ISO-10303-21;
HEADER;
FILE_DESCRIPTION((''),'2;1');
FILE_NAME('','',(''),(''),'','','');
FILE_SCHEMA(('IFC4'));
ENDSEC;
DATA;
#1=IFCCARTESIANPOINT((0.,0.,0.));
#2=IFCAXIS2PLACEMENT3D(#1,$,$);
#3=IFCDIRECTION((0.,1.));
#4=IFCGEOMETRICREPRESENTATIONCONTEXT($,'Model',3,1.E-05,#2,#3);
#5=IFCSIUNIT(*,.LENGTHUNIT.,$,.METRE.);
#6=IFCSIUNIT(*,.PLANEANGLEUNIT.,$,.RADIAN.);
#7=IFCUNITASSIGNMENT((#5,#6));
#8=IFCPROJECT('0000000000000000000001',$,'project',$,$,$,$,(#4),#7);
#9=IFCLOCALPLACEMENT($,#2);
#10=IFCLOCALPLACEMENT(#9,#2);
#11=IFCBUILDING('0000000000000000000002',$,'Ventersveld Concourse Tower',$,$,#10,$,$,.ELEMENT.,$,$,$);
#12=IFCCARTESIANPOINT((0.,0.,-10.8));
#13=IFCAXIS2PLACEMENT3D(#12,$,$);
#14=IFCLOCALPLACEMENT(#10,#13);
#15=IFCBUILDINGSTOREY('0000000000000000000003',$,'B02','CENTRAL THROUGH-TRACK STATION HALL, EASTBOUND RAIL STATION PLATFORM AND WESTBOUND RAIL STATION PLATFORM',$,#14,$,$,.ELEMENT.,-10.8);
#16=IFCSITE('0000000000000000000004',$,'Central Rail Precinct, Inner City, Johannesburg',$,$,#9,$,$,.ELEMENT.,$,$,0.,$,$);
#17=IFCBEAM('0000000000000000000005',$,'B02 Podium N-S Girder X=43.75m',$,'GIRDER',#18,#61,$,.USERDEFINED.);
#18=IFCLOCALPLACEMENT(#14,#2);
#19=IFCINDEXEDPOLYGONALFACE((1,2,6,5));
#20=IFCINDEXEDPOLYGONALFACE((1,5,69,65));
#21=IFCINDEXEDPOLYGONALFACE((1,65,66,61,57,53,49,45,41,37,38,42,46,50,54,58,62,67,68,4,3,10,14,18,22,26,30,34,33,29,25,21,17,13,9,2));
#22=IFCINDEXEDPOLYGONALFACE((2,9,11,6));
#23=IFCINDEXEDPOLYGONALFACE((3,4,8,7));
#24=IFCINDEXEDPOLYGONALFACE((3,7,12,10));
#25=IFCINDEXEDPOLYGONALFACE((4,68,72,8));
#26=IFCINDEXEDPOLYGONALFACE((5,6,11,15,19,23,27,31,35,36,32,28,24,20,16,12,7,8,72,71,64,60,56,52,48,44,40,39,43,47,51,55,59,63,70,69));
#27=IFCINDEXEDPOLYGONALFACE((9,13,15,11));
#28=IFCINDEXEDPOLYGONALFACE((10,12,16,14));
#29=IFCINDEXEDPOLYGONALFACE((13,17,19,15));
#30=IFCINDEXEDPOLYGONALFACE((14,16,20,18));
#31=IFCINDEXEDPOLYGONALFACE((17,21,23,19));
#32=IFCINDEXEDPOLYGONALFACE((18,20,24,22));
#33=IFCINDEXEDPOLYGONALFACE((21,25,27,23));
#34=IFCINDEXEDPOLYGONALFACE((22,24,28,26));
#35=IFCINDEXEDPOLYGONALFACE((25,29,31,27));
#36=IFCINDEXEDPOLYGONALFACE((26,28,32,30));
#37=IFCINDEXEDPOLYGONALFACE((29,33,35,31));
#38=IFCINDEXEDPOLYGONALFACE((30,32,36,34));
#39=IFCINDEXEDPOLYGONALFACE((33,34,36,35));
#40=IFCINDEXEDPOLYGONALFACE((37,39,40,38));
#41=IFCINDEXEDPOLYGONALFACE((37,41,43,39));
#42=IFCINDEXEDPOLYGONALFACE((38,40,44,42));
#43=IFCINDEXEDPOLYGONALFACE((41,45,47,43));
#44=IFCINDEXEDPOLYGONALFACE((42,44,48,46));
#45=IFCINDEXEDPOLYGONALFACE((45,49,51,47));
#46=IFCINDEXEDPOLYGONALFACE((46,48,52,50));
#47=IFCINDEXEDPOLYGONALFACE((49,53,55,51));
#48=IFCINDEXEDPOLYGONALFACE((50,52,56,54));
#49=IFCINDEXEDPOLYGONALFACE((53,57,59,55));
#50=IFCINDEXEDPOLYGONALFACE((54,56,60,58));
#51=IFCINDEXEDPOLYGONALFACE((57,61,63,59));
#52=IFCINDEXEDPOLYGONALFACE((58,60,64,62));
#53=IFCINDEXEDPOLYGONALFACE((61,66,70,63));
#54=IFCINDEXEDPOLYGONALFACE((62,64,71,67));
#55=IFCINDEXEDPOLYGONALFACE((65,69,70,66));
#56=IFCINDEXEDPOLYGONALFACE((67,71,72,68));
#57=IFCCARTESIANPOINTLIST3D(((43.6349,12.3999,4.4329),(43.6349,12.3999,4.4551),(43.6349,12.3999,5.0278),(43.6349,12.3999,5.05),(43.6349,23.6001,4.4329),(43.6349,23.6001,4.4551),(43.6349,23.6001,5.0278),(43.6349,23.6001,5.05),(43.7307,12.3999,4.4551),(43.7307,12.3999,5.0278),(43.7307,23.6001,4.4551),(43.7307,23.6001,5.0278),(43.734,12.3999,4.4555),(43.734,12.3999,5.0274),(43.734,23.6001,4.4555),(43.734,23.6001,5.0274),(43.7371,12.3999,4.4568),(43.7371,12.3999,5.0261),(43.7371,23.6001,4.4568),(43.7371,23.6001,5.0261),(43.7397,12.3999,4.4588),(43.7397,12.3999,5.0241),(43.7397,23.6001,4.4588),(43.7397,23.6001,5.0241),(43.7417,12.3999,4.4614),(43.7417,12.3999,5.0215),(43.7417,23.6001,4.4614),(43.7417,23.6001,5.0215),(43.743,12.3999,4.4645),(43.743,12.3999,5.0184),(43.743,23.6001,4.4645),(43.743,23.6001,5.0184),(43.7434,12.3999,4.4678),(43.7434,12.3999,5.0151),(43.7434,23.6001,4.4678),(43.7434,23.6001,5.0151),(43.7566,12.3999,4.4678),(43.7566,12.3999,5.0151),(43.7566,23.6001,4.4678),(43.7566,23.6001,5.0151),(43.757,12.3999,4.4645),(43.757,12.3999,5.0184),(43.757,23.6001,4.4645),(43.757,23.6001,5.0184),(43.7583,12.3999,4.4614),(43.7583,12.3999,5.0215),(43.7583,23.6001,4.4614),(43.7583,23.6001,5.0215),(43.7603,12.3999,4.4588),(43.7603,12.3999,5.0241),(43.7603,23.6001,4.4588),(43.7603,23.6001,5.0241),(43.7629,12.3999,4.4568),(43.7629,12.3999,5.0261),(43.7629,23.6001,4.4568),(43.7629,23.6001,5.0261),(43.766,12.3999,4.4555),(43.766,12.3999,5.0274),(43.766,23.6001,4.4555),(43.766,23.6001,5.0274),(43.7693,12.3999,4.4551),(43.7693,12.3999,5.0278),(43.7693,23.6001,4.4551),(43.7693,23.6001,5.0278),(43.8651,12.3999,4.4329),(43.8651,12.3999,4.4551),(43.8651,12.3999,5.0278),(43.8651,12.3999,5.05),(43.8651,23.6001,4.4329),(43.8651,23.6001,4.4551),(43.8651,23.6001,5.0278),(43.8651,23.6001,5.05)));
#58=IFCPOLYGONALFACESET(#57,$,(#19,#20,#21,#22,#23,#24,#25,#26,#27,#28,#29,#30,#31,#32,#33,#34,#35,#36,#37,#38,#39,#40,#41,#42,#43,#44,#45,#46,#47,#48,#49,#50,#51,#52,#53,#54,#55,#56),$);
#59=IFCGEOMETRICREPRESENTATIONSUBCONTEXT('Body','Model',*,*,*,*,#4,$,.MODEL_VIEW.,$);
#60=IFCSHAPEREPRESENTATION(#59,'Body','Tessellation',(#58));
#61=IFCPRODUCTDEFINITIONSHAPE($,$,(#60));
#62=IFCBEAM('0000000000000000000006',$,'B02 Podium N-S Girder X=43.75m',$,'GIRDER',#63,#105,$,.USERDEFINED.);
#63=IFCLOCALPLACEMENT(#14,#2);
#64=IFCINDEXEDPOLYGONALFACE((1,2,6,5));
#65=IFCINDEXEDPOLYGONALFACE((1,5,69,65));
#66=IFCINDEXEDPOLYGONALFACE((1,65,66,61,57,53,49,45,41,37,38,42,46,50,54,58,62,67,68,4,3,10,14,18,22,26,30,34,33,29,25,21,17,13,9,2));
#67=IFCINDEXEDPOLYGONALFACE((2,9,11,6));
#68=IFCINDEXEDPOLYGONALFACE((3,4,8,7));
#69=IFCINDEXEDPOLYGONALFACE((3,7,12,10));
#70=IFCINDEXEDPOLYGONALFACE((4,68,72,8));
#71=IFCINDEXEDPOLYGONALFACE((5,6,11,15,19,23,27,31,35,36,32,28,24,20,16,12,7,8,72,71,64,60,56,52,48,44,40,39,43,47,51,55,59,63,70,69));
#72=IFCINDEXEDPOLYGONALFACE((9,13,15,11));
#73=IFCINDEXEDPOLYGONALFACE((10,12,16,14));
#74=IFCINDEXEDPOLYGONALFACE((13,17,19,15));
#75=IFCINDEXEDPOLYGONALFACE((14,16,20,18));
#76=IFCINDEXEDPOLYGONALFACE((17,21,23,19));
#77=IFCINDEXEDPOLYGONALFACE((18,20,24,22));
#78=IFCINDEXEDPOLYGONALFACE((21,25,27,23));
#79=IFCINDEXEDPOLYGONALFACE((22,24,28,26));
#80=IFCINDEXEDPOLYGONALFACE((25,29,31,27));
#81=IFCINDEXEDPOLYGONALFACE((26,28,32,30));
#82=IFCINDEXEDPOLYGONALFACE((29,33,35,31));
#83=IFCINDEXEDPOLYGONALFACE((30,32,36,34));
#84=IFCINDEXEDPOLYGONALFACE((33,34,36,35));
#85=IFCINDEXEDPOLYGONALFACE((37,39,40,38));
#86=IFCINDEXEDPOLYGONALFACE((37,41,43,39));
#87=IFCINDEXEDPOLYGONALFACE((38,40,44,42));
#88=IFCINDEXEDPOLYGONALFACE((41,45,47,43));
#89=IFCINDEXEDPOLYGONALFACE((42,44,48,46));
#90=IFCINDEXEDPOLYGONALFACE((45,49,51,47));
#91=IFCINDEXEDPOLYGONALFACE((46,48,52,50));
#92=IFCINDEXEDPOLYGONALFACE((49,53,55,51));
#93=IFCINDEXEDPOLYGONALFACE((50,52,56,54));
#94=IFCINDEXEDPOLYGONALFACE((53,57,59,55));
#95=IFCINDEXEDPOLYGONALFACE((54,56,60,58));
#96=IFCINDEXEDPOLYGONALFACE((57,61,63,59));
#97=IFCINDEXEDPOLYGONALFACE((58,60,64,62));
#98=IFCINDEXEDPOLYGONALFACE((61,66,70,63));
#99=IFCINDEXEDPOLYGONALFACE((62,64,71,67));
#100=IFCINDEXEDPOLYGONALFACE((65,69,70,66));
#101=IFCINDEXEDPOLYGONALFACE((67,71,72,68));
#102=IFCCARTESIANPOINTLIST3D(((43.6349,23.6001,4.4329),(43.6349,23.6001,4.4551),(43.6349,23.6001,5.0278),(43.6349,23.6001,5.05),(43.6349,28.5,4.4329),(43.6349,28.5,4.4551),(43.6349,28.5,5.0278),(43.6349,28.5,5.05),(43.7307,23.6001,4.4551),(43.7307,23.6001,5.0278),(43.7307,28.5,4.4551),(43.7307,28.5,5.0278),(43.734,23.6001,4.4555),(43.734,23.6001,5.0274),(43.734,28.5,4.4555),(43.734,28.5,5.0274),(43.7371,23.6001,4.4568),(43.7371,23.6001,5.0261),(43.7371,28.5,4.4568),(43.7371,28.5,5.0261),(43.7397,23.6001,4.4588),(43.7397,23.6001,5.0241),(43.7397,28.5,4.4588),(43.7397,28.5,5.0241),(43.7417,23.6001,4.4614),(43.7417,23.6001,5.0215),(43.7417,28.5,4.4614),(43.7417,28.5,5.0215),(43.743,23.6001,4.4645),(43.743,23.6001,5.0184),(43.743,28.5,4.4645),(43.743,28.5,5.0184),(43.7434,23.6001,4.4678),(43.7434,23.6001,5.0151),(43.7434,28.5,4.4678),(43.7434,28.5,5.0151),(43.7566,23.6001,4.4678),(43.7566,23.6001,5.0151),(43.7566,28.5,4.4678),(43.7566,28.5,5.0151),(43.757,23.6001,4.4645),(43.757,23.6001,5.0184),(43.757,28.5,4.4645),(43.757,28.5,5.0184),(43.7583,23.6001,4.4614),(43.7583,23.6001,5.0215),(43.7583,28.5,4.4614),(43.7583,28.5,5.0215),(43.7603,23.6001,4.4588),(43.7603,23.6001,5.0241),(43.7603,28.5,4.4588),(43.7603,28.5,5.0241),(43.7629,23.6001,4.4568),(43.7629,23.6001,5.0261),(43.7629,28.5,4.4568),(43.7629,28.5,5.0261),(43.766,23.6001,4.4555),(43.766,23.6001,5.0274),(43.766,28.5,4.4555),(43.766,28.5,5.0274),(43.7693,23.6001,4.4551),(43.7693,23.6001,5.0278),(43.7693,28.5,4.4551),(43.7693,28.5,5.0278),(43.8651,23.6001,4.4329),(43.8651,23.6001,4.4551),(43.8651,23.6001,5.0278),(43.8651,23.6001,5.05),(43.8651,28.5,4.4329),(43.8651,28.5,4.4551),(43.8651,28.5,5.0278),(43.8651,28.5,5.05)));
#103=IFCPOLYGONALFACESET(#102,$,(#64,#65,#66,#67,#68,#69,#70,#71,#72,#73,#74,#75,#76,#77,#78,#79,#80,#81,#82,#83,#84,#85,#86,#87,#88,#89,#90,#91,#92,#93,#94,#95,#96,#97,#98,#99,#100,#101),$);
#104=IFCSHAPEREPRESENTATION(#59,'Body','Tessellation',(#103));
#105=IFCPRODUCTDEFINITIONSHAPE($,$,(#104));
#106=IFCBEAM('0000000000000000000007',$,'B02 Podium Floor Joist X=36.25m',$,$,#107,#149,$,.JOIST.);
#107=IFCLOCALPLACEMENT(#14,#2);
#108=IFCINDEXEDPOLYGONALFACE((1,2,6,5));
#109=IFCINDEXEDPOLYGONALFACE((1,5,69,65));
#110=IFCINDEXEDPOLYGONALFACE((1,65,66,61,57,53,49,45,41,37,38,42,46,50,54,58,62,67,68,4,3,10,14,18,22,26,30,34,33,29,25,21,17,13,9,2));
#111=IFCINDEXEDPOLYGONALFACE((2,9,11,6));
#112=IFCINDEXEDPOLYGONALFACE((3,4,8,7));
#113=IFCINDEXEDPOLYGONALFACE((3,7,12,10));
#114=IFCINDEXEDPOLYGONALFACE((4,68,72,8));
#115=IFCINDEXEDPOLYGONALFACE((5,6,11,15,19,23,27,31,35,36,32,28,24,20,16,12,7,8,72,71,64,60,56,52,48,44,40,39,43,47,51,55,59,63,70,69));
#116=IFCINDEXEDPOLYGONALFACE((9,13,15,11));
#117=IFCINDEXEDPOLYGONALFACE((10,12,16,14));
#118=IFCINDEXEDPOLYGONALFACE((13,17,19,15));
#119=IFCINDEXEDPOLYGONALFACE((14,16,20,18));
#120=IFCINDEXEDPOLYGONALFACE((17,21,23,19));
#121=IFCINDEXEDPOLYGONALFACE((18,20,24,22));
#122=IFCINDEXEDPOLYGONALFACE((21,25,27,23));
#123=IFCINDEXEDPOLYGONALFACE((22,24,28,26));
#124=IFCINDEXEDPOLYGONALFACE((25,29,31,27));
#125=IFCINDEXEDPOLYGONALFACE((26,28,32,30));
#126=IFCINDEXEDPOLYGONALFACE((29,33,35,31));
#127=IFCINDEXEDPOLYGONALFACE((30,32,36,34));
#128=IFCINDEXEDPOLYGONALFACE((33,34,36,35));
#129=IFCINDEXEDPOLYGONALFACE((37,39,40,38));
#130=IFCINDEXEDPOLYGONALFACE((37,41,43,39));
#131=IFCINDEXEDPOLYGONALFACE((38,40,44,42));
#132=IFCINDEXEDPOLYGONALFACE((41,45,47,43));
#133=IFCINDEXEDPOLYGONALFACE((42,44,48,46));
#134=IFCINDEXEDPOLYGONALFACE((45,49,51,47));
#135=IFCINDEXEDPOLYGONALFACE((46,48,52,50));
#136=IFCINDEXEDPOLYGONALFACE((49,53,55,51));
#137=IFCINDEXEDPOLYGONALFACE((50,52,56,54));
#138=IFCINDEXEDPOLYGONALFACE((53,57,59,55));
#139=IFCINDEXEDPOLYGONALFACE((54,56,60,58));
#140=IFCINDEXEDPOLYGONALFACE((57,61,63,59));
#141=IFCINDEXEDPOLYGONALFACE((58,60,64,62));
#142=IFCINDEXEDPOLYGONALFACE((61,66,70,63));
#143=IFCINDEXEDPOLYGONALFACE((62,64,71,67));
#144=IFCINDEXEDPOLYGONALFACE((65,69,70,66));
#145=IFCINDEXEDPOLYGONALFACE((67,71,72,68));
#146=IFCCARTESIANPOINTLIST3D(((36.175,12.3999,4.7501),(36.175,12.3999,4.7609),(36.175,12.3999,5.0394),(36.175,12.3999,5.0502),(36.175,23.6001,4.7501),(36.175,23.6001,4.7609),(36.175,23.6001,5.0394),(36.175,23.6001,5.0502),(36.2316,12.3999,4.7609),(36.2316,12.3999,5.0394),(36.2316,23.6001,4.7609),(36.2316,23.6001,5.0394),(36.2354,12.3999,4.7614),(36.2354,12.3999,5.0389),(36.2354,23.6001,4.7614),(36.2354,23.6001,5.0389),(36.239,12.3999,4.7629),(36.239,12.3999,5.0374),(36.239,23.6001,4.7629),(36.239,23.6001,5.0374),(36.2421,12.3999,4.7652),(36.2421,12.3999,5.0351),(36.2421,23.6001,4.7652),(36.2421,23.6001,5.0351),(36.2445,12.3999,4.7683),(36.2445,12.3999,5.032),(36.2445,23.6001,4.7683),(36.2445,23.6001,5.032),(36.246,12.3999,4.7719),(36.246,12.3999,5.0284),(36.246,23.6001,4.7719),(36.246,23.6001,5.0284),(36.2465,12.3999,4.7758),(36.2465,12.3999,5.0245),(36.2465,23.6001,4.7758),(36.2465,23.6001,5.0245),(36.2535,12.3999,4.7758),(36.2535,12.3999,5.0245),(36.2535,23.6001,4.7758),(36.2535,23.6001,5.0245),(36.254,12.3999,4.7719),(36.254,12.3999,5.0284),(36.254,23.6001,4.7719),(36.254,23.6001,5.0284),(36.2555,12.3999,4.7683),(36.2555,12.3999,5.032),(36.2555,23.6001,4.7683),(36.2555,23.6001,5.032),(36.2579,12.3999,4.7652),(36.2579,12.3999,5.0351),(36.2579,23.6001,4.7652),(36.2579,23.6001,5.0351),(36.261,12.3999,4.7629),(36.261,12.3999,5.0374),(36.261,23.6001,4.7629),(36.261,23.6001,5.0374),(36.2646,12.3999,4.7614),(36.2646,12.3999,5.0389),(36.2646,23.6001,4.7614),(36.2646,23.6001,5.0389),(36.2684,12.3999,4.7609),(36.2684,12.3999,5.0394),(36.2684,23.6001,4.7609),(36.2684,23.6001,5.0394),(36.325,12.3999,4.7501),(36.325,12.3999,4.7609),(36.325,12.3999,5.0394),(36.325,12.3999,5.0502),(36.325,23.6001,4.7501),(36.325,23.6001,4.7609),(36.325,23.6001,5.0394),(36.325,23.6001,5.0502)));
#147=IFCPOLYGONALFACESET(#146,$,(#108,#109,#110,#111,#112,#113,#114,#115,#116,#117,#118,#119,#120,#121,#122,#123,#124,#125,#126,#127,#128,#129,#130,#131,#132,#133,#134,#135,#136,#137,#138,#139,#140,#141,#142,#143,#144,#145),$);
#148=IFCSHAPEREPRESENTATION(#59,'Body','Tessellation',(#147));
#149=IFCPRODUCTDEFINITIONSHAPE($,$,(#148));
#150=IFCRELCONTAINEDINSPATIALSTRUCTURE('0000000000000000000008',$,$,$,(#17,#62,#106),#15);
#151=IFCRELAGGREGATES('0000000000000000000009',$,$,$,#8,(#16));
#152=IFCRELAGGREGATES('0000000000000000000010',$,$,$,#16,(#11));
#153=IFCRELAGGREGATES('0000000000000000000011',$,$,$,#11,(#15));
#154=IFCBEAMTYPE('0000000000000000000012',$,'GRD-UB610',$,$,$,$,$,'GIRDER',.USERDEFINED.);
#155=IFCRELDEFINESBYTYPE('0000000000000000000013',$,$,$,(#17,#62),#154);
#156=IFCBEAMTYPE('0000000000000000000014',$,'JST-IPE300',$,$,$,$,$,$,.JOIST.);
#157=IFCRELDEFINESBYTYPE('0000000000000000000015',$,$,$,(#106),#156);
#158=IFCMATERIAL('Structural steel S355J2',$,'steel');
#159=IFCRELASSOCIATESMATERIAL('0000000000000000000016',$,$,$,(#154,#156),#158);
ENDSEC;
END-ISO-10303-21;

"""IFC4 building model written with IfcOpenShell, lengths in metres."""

from ifc_helpers import new_model, si_unit, direction, frame, origin, origin_2d, place, context, subcontext, project, spatial, i_section, extrude, material, material_profile, profile_set, type_object, element, save


model = new_model("IFC4")

# Units and contexts
model_context = context("Model", 3, precision=1e-05, world=origin(), true_north=direction((0.0, 1.0)))
body_context = subcontext(model_context, "Body", "Model", "MODEL_VIEW")
ifc_project = project(units=[si_unit("LENGTHUNIT", "METRE"), si_unit("PLANEANGLEUNIT", "RADIAN")], contexts=[model_context])

# Site, building, storey
site_placement = place(None, origin())
site = spatial("IfcSite", under=ifc_project, at=site_placement, Name="Central Rail Precinct, Inner City, Johannesburg", CompositionType="ELEMENT", RefElevation=0.0)
building_placement = place(site_placement, origin())
building = spatial("IfcBuilding", under=site, at=building_placement, Name="Ventersveld Concourse Tower", CompositionType="ELEMENT")
storey_placement = place(building_placement, frame((0.0, 0.0, -10.8)))
storey = spatial("IfcBuildingStorey", under=building, at=storey_placement, Name="B02", Description="CENTRAL THROUGH-TRACK STATION HALL, EASTBOUND RAIL STATION PLATFORM AND WESTBOUND RAIL STATION PLATFORM", CompositionType="ELEMENT", Elevation=-10.8)

# Beams
ifc_material_1 = material(Name="Structural steel S355J2", Category="steel")
ifc_material_profile_1 = material_profile(ifc_material_1, i_section(OverallWidth=0.2302, OverallDepth=0.6172, WebThickness=0.0132, FlangeThickness=0.0222, FilletRadius=0.0127, at=origin_2d()), Name="UB 610x229x140")
ifc_profile_set_1 = profile_set([ifc_material_profile_1], Name="Structural steel S355J2")
beam_type_1 = type_object("IfcBeamType", Name="GRD-UB610", ElementType="GIRDER", PredefinedType="USERDEFINED", material=ifc_profile_set_1)
beam_1_placement = place(storey_placement, frame((43.75, 12.3999, 4.7415), z_axis=(0.0, 1.0, 0.0), x_axis=(-1.0, 0.0, 0.0)))
element("IfcBeam", 1, at=beam_1_placement, inside=storey, type_object=beam_type_1, Name="B02 Podium N-S Girder X=43.75m", ObjectType="GIRDER", PredefinedType="USERDEFINED", context=body_context, shape_type="SweptSolid", body=[
    extrude(i_section(OverallWidth=0.2302, OverallDepth=0.6172, WebThickness=0.0132, FlangeThickness=0.0222, FilletRadius=0.0127, at=origin_2d()), origin(), (0.0, 0.0, 1.0), 11.2002),
])
beam_2_placement = place(storey_placement, frame((43.75, 23.6001, 4.7415), z_axis=(0.0, 1.0, 0.0), x_axis=(-1.0, 0.0, 0.0)))
element("IfcBeam", 2, at=beam_2_placement, inside=storey, type_object=beam_type_1, Name="B02 Podium N-S Girder X=43.75m", ObjectType="GIRDER", PredefinedType="USERDEFINED", context=body_context, shape_type="SweptSolid", body=[
    extrude(i_section(OverallWidth=0.2302, OverallDepth=0.6172, WebThickness=0.0132, FlangeThickness=0.0222, FilletRadius=0.0127, at=origin_2d()), origin(), (0.0, 0.0, 1.0), 4.8999),
])
ifc_material_profile_2 = material_profile(ifc_material_1, i_section(OverallWidth=0.1499, OverallDepth=0.3, WebThickness=0.0071, FlangeThickness=0.0107, FilletRadius=0.0149, at=origin_2d()), Name="IPE 300")
ifc_profile_set_2 = profile_set([ifc_material_profile_2], Name="Structural steel S355J2")
beam_type_2 = type_object("IfcBeamType", Name="JST-IPE300", PredefinedType="JOIST", material=ifc_profile_set_2)
beam_3_placement = place(storey_placement, frame((36.25, 12.3999, 4.9001), z_axis=(0.0, 1.0, 0.0), x_axis=(-1.0, 0.0, 0.0)))
element("IfcBeam", 3, at=beam_3_placement, inside=storey, type_object=beam_type_2, Name="B02 Podium Floor Joist X=36.25m", PredefinedType="JOIST", context=body_context, shape_type="SweptSolid", body=[
    extrude(i_section(OverallWidth=0.1499, OverallDepth=0.3, WebThickness=0.0071, FlangeThickness=0.0107, FilletRadius=0.0149, at=origin_2d()), origin(), (0.0, 0.0, 1.0), 11.2002),
])

save(model, "model.ifc")
